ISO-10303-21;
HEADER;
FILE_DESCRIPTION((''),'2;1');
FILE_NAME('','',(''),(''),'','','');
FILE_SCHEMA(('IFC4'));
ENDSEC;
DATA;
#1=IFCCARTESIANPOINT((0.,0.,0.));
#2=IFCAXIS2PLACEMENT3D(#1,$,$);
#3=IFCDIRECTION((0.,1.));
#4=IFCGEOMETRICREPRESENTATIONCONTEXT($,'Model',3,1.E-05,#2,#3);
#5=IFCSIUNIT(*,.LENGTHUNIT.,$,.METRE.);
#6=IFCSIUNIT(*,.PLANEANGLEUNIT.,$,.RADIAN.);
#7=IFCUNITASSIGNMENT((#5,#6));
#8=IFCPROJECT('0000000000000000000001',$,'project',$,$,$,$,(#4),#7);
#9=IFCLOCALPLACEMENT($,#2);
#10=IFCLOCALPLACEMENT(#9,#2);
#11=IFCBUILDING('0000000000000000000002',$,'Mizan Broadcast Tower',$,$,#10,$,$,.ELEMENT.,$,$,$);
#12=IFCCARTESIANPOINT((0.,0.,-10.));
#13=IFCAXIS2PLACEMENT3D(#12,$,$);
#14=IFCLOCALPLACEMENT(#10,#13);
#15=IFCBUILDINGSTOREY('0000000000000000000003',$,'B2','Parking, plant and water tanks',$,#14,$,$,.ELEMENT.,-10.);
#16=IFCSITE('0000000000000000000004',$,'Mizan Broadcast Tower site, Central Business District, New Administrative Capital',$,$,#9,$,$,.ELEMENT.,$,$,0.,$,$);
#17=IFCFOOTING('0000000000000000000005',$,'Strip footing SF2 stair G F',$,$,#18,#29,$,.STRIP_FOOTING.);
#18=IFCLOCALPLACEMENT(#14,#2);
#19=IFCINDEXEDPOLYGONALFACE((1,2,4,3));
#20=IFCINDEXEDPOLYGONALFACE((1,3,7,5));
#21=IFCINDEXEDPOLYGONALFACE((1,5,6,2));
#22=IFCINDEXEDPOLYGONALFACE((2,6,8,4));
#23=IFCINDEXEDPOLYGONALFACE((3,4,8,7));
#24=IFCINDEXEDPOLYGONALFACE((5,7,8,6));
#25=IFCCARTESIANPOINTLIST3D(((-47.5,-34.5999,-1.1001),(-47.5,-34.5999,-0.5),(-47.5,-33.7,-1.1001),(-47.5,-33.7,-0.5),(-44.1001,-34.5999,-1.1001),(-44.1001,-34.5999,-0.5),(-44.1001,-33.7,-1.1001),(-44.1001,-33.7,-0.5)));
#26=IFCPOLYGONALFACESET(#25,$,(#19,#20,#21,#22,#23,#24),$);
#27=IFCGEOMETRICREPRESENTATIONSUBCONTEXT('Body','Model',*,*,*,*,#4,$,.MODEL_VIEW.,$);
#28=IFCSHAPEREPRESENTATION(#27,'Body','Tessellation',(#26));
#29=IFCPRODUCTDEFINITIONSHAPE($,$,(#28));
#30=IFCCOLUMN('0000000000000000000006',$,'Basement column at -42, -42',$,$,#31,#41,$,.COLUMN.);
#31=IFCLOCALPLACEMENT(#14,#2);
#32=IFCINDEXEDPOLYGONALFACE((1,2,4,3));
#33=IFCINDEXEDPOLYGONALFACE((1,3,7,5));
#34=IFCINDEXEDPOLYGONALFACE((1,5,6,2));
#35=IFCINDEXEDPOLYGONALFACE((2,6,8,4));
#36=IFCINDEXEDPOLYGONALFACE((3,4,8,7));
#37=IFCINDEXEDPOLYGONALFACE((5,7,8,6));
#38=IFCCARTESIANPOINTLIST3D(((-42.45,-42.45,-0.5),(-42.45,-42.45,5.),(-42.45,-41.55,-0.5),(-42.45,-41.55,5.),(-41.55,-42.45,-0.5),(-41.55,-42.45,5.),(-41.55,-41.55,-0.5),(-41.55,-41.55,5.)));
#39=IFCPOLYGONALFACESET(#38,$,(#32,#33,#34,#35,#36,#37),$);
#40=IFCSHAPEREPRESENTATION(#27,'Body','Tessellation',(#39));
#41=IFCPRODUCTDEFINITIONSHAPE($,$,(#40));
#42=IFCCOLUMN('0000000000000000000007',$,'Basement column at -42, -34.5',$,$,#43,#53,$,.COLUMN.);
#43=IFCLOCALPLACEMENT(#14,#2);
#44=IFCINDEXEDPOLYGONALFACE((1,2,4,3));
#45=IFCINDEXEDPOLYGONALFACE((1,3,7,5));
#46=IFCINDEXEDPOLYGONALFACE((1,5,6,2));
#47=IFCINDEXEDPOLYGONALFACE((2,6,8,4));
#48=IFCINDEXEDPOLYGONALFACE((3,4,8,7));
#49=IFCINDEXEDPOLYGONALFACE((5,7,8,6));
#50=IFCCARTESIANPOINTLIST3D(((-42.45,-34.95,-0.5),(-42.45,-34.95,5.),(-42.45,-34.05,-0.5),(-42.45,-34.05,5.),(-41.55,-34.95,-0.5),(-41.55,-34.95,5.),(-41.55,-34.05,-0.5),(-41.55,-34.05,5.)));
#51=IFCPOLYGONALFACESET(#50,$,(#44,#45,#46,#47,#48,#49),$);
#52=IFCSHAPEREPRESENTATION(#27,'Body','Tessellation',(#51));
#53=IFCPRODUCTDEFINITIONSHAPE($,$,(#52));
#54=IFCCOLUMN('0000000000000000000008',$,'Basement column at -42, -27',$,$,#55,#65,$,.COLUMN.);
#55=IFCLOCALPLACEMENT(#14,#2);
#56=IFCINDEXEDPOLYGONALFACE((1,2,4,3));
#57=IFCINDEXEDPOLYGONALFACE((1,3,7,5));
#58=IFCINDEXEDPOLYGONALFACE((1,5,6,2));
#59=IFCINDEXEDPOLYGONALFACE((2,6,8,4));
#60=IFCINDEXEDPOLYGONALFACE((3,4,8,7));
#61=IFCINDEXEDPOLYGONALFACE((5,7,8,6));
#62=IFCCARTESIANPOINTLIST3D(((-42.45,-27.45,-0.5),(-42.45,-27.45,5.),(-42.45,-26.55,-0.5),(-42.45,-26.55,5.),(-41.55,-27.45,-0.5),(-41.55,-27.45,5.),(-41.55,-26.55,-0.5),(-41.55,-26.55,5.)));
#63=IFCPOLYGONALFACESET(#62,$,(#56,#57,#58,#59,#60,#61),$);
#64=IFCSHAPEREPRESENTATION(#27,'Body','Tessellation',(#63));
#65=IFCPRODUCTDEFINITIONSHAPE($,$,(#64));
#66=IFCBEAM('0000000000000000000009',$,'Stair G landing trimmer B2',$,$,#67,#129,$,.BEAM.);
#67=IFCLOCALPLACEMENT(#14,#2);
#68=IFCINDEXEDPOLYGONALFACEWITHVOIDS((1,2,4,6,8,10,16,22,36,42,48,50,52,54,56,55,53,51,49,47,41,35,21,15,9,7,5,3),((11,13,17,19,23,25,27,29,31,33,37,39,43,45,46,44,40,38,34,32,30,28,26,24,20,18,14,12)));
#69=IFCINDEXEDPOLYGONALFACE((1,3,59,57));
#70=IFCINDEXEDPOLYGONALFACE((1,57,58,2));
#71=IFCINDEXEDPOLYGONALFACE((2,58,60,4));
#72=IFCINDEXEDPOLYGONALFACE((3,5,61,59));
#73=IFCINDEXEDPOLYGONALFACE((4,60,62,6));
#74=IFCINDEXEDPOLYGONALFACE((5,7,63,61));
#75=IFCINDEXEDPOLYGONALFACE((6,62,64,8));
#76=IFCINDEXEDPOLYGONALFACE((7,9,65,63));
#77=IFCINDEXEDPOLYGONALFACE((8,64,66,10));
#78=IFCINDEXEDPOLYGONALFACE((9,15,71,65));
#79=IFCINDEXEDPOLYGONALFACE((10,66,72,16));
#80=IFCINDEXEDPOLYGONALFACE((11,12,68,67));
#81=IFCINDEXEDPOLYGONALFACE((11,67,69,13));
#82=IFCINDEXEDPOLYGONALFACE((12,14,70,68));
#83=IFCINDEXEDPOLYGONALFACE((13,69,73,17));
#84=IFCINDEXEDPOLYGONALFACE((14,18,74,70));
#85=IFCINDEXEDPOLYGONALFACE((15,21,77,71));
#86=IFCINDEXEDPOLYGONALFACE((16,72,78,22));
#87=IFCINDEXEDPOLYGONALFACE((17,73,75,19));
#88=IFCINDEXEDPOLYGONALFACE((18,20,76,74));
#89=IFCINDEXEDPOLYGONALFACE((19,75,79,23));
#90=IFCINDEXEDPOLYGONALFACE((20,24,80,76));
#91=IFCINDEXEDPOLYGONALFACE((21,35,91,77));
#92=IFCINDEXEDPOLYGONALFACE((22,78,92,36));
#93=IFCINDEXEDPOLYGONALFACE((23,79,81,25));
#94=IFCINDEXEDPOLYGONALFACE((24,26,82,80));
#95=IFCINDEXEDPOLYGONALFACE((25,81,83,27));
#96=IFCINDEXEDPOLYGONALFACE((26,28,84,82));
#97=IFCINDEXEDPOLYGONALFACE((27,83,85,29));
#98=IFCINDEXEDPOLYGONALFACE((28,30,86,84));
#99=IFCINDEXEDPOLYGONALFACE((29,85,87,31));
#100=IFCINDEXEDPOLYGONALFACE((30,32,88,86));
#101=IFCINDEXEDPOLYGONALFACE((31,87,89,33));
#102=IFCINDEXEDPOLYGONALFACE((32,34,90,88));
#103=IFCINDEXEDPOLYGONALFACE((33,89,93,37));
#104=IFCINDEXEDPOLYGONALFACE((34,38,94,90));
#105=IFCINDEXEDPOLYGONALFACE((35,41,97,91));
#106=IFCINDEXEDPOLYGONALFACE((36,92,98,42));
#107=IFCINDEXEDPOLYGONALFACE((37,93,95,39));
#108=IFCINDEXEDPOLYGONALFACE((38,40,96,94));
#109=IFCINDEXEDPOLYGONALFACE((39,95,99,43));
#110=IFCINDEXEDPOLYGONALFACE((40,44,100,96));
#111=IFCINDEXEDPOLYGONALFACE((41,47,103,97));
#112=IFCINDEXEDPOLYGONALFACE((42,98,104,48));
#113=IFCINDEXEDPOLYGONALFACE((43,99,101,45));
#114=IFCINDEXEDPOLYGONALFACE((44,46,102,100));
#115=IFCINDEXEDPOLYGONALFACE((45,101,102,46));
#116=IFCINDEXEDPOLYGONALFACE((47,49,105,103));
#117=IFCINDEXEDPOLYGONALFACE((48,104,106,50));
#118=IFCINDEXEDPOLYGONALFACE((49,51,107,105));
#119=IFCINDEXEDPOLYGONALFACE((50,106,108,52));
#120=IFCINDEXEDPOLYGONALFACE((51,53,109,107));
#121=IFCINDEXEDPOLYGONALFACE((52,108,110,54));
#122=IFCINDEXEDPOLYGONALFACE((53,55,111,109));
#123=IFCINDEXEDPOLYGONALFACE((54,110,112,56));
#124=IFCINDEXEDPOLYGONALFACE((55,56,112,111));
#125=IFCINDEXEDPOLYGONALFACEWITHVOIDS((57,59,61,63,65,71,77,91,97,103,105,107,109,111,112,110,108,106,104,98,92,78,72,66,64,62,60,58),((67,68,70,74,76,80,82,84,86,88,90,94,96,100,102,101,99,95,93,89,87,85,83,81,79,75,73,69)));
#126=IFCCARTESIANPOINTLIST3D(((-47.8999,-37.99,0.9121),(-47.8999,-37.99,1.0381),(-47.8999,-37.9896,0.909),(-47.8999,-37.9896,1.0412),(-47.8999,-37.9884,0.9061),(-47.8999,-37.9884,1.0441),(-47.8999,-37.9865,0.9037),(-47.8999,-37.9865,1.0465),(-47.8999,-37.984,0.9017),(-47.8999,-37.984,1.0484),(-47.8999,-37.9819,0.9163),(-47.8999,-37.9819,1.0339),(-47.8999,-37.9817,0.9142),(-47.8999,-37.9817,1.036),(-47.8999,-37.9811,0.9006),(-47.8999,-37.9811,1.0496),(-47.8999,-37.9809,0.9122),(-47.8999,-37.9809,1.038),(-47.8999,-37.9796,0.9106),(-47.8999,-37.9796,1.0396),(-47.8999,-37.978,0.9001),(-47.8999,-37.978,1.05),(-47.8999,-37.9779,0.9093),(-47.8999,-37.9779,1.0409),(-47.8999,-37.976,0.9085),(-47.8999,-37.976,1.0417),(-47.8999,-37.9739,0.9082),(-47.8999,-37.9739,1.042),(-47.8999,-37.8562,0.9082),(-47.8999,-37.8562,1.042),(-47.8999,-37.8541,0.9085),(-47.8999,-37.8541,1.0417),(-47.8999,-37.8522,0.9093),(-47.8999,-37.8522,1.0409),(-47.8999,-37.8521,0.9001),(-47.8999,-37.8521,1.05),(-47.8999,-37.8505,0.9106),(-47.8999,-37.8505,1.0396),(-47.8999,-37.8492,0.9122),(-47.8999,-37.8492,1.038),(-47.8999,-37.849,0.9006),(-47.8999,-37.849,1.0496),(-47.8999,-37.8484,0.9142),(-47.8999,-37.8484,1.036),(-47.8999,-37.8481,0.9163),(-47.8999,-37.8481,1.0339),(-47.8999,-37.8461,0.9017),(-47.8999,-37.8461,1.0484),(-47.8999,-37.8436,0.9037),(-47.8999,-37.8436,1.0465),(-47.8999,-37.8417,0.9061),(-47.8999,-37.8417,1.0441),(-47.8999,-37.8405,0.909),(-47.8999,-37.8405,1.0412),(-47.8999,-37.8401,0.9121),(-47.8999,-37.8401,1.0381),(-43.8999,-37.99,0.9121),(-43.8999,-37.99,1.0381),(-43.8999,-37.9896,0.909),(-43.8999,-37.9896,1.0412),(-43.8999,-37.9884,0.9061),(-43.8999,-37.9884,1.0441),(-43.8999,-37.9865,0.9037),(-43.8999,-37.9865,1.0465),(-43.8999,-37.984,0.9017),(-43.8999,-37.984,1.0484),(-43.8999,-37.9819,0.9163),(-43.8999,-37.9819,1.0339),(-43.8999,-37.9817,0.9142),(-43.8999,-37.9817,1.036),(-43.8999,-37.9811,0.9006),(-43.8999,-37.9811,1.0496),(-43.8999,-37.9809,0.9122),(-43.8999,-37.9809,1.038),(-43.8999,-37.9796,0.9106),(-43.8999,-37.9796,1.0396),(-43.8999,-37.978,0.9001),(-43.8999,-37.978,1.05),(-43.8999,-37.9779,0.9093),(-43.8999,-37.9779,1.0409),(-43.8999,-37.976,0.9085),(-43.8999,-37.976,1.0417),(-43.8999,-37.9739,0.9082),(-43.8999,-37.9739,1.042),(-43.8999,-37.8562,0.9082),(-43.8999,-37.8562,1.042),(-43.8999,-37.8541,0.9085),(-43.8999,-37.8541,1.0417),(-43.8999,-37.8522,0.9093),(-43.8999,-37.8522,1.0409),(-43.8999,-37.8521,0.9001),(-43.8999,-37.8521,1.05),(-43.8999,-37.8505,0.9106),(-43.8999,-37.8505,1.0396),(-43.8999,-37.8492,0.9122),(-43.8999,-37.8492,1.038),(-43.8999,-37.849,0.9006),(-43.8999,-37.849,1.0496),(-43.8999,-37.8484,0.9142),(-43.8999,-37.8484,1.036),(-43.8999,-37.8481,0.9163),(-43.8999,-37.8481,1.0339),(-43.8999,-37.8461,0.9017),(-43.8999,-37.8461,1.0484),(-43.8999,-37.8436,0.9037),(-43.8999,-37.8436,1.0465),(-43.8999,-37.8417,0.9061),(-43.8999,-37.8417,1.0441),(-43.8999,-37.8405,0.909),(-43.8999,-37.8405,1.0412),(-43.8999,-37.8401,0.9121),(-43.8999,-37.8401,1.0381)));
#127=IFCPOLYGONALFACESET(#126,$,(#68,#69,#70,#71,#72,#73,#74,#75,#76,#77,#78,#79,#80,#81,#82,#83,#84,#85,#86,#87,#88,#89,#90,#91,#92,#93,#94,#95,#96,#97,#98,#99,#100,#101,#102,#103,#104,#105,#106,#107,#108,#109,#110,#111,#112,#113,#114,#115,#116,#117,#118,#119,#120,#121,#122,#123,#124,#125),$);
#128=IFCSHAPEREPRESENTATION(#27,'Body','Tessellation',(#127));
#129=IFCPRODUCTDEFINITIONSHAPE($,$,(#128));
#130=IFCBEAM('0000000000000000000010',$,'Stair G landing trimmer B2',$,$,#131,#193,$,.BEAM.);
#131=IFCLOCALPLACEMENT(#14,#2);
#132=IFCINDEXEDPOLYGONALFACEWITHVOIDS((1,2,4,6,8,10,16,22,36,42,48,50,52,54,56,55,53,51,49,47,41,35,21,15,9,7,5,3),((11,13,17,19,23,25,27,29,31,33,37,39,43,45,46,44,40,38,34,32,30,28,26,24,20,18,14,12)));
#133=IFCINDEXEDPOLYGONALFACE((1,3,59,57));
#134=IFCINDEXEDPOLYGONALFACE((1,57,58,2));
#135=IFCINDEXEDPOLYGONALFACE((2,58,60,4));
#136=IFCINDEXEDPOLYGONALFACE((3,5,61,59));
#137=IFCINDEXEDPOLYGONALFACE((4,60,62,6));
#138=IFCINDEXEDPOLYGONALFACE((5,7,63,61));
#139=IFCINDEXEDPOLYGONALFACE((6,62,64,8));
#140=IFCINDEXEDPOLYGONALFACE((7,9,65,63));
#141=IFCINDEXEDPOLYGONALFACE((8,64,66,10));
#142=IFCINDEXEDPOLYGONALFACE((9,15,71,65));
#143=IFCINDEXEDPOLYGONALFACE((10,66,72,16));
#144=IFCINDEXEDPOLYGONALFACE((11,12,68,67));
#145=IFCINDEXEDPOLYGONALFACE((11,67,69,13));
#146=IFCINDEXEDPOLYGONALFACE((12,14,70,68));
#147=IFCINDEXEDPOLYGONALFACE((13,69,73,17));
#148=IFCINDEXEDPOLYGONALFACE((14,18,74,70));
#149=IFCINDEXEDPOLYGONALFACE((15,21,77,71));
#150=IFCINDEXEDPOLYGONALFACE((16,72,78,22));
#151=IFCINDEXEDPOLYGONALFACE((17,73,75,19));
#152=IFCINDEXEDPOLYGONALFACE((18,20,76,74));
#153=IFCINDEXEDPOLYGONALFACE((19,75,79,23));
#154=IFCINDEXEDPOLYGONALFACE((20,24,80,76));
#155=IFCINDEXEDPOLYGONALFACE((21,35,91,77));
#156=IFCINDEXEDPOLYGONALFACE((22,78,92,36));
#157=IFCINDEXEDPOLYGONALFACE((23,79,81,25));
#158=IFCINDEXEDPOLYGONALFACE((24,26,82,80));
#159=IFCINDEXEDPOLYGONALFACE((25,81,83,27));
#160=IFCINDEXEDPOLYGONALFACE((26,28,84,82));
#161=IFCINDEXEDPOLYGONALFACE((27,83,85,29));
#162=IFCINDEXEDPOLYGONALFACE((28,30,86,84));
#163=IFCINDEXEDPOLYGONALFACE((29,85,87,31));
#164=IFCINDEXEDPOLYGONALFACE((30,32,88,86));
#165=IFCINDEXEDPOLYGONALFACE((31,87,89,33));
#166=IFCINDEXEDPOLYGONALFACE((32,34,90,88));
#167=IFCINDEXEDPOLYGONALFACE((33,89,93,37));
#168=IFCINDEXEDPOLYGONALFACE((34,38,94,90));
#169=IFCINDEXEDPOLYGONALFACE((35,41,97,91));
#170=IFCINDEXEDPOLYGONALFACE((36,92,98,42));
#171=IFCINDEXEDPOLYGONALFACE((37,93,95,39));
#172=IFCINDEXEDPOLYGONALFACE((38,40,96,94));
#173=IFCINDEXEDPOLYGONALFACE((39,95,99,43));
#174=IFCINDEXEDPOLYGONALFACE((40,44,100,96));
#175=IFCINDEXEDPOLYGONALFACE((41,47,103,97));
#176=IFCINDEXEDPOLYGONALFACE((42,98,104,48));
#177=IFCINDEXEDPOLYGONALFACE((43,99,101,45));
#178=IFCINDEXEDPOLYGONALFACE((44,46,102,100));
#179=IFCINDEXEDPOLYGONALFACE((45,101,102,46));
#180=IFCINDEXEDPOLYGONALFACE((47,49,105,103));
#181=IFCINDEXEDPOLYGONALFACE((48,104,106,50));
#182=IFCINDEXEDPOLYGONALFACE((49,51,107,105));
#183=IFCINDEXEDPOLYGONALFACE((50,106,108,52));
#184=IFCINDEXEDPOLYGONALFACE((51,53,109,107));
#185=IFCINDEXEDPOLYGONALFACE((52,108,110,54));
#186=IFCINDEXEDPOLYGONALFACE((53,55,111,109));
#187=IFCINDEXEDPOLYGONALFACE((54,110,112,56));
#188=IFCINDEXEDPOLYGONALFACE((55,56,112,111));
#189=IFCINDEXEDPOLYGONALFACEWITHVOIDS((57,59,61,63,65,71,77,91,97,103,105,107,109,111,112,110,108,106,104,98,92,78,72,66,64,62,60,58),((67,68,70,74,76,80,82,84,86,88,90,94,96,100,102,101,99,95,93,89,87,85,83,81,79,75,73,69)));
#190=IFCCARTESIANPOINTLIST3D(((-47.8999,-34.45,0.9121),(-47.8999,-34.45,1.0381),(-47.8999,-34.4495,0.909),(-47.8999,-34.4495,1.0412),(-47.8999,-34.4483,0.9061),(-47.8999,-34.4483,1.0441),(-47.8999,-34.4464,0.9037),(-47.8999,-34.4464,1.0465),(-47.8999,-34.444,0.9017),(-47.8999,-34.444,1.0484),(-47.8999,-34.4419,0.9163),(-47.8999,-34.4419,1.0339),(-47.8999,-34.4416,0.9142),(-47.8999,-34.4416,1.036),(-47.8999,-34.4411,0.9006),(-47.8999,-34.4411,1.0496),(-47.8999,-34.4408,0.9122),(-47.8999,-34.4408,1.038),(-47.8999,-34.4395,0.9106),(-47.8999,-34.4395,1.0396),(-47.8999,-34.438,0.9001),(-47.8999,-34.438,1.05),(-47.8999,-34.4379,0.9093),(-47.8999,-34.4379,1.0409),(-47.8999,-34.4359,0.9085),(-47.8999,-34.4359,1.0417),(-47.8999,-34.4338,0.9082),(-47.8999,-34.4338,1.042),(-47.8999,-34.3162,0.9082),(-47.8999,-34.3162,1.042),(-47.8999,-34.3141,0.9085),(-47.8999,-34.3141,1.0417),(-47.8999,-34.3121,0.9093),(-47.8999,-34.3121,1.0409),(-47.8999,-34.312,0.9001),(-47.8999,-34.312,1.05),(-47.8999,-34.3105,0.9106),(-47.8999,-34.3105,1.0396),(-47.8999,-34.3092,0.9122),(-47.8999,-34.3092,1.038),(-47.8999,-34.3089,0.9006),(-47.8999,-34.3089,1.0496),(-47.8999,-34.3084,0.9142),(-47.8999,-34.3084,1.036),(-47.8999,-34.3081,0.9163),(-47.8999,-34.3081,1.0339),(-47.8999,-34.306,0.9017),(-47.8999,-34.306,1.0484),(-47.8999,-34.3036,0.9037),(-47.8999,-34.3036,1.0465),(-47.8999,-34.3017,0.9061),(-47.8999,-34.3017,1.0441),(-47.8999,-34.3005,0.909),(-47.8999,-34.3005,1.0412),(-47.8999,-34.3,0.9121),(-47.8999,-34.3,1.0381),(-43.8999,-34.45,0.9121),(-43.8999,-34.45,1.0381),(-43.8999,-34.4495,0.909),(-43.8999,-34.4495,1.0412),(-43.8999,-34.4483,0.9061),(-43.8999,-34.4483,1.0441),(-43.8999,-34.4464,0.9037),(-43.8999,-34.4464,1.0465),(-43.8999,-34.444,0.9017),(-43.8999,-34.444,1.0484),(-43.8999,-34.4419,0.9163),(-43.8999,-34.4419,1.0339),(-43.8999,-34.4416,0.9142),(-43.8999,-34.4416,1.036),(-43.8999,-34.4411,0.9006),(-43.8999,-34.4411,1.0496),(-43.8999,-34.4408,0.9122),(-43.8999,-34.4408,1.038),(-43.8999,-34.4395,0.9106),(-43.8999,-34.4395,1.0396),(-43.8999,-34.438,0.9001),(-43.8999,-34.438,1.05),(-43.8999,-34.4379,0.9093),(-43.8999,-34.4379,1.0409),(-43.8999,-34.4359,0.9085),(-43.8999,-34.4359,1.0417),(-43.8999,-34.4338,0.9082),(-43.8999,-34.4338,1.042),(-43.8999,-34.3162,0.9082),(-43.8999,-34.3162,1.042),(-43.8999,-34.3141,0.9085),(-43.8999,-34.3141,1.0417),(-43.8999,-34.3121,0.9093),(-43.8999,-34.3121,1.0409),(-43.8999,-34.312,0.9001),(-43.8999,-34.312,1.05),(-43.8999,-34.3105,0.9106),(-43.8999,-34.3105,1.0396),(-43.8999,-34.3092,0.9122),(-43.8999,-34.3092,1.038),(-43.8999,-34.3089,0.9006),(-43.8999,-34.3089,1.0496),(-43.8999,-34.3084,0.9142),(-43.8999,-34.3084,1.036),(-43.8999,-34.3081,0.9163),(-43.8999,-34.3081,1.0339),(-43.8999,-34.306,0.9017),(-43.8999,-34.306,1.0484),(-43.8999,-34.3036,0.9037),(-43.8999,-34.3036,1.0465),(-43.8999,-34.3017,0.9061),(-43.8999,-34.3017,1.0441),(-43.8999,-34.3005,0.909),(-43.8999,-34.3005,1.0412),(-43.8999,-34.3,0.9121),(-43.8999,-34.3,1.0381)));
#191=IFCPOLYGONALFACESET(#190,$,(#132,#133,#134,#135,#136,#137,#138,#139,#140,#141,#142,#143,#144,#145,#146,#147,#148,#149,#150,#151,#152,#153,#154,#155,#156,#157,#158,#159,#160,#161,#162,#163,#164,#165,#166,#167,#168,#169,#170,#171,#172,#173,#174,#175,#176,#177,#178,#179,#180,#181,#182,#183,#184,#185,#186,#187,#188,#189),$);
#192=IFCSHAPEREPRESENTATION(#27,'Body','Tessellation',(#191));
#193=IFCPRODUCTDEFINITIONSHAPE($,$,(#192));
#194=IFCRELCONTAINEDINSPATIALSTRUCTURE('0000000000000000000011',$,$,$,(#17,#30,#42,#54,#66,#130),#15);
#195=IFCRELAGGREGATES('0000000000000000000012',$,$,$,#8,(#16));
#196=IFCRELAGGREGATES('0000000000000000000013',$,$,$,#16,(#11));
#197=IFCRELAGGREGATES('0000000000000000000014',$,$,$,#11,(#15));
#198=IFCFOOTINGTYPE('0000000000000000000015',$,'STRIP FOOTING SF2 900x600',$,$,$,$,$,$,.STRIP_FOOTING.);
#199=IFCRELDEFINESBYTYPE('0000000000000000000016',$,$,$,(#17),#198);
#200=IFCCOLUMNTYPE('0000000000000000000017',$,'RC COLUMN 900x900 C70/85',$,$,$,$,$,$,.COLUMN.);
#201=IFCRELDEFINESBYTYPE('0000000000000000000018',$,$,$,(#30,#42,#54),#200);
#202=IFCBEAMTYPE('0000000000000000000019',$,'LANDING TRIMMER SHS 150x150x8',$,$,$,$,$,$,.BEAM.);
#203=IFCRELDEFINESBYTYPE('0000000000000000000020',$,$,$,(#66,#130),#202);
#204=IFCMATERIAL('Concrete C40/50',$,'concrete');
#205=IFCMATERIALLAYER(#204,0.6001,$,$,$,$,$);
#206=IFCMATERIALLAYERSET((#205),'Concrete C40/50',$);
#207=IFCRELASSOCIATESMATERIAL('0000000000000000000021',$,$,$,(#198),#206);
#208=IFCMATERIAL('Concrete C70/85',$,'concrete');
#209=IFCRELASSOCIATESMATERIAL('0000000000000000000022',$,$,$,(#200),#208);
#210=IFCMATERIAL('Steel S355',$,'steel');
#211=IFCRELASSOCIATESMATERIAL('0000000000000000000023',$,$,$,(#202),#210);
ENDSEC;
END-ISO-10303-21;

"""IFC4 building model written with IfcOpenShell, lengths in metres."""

from ifc_helpers import new_model, si_unit, direction, frame, origin, origin_2d, place, context, subcontext, project, spatial, rectangle, hollow_rectangle, extrude, material, layer, layer_set, material_profile, profile_set, type_object, element, save


model = new_model("IFC4")

# Units and contexts
model_context = context("Model", 3, precision=1e-05, world=origin(), true_north=direction((0.0, 1.0)))
body_context = subcontext(model_context, "Body", "Model", "MODEL_VIEW")
ifc_project = project(units=[si_unit("LENGTHUNIT", "METRE"), si_unit("PLANEANGLEUNIT", "RADIAN")], contexts=[model_context])

# Site, building, storey
site_placement = place(None, origin())
site = spatial("IfcSite", under=ifc_project, at=site_placement, Name="Mizan Broadcast Tower site, Central Business District, New Administrative Capital", CompositionType="ELEMENT", RefElevation=0.0)
building_placement = place(site_placement, origin())
building = spatial("IfcBuilding", under=site, at=building_placement, Name="Mizan Broadcast Tower", CompositionType="ELEMENT")
storey_placement = place(building_placement, frame((0.0, 0.0, -10.0)))
storey = spatial("IfcBuildingStorey", under=building, at=storey_placement, Name="B2", Description="Parking, plant and water tanks", CompositionType="ELEMENT", Elevation=-10.0)

# Footing
ifc_material_1 = material(Name="Concrete C40/50", Category="concrete")
ifc_layer_1 = layer(ifc_material_1, 0.6001)
ifc_layer_set_1 = layer_set([ifc_layer_1], Name="Concrete C40/50")
footing_type_1 = type_object("IfcFootingType", Name="STRIP FOOTING SF2 900x600", PredefinedType="STRIP_FOOTING", material=ifc_layer_set_1)
for number, where, z_axis, x_axis, name in (
    (1, (-45.8, -34.1499, -1.1001), (0.0, 0.0, 1.0), (1.0, 0.0, 0.0), "Strip footing SF2 stair G F"),
):
    element("IfcFooting", number, at=place(storey_placement, frame(where, z_axis=z_axis, x_axis=x_axis)), inside=storey, type_object=footing_type_1, Name=name, PredefinedType="STRIP_FOOTING", context=body_context, shape_type="SweptSolid", body=[
        extrude(rectangle(XDim=3.3999, YDim=0.8999, at=origin_2d()), origin(), (0.0, 0.0, 1.0), 0.6001),
    ])

# Columns
ifc_material_2 = material(Name="Concrete C70/85", Category="concrete")
ifc_material_profile_1 = material_profile(ifc_material_2, rectangle(XDim=0.8999, YDim=0.8999, at=origin_2d()), Name="RC 900x900")
ifc_profile_set_1 = profile_set([ifc_material_profile_1], Name="Concrete C70/85")
column_type = type_object("IfcColumnType", Name="RC COLUMN 900x900 C70/85", PredefinedType="COLUMN", material=ifc_profile_set_1)
for number, where, z_axis, x_axis, name in (
    (2, (-42.0, -42.0, -0.5), (0.0, 0.0, 1.0), (1.0, 0.0, 0.0), "Basement column at -42, -42"),
    (3, (-42.0, -34.5, -0.5), (0.0, 0.0, 1.0), (1.0, 0.0, 0.0), "Basement column at -42, -34.5"),
    (4, (-42.0, -27.0, -0.5), (0.0, 0.0, 1.0), (1.0, 0.0, 0.0), "Basement column at -42, -27"),
):
    element("IfcColumn", number, at=place(storey_placement, frame(where, z_axis=z_axis, x_axis=x_axis)), inside=storey, type_object=column_type, Name=name, PredefinedType="COLUMN", context=body_context, shape_type="SweptSolid", body=[
        extrude(rectangle(XDim=0.8999, YDim=0.8999, at=origin_2d()), origin(), (0.0, 0.0, 1.0), 5.5),
    ])

# Beams
ifc_material_3 = material(Name="Steel S355", Category="steel")
ifc_material_profile_2 = material_profile(ifc_material_3, hollow_rectangle(XDim=0.1499, YDim=0.1499, WallThickness=0.0081, InnerFilletRadius=0.0081, OuterFilletRadius=0.012, at=origin_2d()), Name="SHS 150x150x8")
ifc_profile_set_2 = profile_set([ifc_material_profile_2], Name="Steel S355")
beam_type = type_object("IfcBeamType", Name="LANDING TRIMMER SHS 150x150x8", PredefinedType="BEAM", material=ifc_profile_set_2)
for number, where, z_axis, x_axis, name in (
    (5, (-43.8999, -37.915, 0.9751), (-1.0, 0.0, 0.0), (0.0, -1.0, 0.0), "Stair G landing trimmer B2"),
    (6, (-43.8999, -34.375, 0.9751), (-1.0, 0.0, 0.0), (0.0, -1.0, 0.0), "Stair G landing trimmer B2"),
):
    element("IfcBeam", number, at=place(storey_placement, frame(where, z_axis=z_axis, x_axis=x_axis)), inside=storey, type_object=beam_type, Name=name, PredefinedType="BEAM", context=body_context, shape_type="SweptSolid", body=[
        extrude(hollow_rectangle(XDim=0.1499, YDim=0.1499, WallThickness=0.0081, InnerFilletRadius=0.0081, OuterFilletRadius=0.012, at=origin_2d()), origin(), (0.0, 0.0, 1.0), 4.0),
    ])

save(model, "model.ifc")
